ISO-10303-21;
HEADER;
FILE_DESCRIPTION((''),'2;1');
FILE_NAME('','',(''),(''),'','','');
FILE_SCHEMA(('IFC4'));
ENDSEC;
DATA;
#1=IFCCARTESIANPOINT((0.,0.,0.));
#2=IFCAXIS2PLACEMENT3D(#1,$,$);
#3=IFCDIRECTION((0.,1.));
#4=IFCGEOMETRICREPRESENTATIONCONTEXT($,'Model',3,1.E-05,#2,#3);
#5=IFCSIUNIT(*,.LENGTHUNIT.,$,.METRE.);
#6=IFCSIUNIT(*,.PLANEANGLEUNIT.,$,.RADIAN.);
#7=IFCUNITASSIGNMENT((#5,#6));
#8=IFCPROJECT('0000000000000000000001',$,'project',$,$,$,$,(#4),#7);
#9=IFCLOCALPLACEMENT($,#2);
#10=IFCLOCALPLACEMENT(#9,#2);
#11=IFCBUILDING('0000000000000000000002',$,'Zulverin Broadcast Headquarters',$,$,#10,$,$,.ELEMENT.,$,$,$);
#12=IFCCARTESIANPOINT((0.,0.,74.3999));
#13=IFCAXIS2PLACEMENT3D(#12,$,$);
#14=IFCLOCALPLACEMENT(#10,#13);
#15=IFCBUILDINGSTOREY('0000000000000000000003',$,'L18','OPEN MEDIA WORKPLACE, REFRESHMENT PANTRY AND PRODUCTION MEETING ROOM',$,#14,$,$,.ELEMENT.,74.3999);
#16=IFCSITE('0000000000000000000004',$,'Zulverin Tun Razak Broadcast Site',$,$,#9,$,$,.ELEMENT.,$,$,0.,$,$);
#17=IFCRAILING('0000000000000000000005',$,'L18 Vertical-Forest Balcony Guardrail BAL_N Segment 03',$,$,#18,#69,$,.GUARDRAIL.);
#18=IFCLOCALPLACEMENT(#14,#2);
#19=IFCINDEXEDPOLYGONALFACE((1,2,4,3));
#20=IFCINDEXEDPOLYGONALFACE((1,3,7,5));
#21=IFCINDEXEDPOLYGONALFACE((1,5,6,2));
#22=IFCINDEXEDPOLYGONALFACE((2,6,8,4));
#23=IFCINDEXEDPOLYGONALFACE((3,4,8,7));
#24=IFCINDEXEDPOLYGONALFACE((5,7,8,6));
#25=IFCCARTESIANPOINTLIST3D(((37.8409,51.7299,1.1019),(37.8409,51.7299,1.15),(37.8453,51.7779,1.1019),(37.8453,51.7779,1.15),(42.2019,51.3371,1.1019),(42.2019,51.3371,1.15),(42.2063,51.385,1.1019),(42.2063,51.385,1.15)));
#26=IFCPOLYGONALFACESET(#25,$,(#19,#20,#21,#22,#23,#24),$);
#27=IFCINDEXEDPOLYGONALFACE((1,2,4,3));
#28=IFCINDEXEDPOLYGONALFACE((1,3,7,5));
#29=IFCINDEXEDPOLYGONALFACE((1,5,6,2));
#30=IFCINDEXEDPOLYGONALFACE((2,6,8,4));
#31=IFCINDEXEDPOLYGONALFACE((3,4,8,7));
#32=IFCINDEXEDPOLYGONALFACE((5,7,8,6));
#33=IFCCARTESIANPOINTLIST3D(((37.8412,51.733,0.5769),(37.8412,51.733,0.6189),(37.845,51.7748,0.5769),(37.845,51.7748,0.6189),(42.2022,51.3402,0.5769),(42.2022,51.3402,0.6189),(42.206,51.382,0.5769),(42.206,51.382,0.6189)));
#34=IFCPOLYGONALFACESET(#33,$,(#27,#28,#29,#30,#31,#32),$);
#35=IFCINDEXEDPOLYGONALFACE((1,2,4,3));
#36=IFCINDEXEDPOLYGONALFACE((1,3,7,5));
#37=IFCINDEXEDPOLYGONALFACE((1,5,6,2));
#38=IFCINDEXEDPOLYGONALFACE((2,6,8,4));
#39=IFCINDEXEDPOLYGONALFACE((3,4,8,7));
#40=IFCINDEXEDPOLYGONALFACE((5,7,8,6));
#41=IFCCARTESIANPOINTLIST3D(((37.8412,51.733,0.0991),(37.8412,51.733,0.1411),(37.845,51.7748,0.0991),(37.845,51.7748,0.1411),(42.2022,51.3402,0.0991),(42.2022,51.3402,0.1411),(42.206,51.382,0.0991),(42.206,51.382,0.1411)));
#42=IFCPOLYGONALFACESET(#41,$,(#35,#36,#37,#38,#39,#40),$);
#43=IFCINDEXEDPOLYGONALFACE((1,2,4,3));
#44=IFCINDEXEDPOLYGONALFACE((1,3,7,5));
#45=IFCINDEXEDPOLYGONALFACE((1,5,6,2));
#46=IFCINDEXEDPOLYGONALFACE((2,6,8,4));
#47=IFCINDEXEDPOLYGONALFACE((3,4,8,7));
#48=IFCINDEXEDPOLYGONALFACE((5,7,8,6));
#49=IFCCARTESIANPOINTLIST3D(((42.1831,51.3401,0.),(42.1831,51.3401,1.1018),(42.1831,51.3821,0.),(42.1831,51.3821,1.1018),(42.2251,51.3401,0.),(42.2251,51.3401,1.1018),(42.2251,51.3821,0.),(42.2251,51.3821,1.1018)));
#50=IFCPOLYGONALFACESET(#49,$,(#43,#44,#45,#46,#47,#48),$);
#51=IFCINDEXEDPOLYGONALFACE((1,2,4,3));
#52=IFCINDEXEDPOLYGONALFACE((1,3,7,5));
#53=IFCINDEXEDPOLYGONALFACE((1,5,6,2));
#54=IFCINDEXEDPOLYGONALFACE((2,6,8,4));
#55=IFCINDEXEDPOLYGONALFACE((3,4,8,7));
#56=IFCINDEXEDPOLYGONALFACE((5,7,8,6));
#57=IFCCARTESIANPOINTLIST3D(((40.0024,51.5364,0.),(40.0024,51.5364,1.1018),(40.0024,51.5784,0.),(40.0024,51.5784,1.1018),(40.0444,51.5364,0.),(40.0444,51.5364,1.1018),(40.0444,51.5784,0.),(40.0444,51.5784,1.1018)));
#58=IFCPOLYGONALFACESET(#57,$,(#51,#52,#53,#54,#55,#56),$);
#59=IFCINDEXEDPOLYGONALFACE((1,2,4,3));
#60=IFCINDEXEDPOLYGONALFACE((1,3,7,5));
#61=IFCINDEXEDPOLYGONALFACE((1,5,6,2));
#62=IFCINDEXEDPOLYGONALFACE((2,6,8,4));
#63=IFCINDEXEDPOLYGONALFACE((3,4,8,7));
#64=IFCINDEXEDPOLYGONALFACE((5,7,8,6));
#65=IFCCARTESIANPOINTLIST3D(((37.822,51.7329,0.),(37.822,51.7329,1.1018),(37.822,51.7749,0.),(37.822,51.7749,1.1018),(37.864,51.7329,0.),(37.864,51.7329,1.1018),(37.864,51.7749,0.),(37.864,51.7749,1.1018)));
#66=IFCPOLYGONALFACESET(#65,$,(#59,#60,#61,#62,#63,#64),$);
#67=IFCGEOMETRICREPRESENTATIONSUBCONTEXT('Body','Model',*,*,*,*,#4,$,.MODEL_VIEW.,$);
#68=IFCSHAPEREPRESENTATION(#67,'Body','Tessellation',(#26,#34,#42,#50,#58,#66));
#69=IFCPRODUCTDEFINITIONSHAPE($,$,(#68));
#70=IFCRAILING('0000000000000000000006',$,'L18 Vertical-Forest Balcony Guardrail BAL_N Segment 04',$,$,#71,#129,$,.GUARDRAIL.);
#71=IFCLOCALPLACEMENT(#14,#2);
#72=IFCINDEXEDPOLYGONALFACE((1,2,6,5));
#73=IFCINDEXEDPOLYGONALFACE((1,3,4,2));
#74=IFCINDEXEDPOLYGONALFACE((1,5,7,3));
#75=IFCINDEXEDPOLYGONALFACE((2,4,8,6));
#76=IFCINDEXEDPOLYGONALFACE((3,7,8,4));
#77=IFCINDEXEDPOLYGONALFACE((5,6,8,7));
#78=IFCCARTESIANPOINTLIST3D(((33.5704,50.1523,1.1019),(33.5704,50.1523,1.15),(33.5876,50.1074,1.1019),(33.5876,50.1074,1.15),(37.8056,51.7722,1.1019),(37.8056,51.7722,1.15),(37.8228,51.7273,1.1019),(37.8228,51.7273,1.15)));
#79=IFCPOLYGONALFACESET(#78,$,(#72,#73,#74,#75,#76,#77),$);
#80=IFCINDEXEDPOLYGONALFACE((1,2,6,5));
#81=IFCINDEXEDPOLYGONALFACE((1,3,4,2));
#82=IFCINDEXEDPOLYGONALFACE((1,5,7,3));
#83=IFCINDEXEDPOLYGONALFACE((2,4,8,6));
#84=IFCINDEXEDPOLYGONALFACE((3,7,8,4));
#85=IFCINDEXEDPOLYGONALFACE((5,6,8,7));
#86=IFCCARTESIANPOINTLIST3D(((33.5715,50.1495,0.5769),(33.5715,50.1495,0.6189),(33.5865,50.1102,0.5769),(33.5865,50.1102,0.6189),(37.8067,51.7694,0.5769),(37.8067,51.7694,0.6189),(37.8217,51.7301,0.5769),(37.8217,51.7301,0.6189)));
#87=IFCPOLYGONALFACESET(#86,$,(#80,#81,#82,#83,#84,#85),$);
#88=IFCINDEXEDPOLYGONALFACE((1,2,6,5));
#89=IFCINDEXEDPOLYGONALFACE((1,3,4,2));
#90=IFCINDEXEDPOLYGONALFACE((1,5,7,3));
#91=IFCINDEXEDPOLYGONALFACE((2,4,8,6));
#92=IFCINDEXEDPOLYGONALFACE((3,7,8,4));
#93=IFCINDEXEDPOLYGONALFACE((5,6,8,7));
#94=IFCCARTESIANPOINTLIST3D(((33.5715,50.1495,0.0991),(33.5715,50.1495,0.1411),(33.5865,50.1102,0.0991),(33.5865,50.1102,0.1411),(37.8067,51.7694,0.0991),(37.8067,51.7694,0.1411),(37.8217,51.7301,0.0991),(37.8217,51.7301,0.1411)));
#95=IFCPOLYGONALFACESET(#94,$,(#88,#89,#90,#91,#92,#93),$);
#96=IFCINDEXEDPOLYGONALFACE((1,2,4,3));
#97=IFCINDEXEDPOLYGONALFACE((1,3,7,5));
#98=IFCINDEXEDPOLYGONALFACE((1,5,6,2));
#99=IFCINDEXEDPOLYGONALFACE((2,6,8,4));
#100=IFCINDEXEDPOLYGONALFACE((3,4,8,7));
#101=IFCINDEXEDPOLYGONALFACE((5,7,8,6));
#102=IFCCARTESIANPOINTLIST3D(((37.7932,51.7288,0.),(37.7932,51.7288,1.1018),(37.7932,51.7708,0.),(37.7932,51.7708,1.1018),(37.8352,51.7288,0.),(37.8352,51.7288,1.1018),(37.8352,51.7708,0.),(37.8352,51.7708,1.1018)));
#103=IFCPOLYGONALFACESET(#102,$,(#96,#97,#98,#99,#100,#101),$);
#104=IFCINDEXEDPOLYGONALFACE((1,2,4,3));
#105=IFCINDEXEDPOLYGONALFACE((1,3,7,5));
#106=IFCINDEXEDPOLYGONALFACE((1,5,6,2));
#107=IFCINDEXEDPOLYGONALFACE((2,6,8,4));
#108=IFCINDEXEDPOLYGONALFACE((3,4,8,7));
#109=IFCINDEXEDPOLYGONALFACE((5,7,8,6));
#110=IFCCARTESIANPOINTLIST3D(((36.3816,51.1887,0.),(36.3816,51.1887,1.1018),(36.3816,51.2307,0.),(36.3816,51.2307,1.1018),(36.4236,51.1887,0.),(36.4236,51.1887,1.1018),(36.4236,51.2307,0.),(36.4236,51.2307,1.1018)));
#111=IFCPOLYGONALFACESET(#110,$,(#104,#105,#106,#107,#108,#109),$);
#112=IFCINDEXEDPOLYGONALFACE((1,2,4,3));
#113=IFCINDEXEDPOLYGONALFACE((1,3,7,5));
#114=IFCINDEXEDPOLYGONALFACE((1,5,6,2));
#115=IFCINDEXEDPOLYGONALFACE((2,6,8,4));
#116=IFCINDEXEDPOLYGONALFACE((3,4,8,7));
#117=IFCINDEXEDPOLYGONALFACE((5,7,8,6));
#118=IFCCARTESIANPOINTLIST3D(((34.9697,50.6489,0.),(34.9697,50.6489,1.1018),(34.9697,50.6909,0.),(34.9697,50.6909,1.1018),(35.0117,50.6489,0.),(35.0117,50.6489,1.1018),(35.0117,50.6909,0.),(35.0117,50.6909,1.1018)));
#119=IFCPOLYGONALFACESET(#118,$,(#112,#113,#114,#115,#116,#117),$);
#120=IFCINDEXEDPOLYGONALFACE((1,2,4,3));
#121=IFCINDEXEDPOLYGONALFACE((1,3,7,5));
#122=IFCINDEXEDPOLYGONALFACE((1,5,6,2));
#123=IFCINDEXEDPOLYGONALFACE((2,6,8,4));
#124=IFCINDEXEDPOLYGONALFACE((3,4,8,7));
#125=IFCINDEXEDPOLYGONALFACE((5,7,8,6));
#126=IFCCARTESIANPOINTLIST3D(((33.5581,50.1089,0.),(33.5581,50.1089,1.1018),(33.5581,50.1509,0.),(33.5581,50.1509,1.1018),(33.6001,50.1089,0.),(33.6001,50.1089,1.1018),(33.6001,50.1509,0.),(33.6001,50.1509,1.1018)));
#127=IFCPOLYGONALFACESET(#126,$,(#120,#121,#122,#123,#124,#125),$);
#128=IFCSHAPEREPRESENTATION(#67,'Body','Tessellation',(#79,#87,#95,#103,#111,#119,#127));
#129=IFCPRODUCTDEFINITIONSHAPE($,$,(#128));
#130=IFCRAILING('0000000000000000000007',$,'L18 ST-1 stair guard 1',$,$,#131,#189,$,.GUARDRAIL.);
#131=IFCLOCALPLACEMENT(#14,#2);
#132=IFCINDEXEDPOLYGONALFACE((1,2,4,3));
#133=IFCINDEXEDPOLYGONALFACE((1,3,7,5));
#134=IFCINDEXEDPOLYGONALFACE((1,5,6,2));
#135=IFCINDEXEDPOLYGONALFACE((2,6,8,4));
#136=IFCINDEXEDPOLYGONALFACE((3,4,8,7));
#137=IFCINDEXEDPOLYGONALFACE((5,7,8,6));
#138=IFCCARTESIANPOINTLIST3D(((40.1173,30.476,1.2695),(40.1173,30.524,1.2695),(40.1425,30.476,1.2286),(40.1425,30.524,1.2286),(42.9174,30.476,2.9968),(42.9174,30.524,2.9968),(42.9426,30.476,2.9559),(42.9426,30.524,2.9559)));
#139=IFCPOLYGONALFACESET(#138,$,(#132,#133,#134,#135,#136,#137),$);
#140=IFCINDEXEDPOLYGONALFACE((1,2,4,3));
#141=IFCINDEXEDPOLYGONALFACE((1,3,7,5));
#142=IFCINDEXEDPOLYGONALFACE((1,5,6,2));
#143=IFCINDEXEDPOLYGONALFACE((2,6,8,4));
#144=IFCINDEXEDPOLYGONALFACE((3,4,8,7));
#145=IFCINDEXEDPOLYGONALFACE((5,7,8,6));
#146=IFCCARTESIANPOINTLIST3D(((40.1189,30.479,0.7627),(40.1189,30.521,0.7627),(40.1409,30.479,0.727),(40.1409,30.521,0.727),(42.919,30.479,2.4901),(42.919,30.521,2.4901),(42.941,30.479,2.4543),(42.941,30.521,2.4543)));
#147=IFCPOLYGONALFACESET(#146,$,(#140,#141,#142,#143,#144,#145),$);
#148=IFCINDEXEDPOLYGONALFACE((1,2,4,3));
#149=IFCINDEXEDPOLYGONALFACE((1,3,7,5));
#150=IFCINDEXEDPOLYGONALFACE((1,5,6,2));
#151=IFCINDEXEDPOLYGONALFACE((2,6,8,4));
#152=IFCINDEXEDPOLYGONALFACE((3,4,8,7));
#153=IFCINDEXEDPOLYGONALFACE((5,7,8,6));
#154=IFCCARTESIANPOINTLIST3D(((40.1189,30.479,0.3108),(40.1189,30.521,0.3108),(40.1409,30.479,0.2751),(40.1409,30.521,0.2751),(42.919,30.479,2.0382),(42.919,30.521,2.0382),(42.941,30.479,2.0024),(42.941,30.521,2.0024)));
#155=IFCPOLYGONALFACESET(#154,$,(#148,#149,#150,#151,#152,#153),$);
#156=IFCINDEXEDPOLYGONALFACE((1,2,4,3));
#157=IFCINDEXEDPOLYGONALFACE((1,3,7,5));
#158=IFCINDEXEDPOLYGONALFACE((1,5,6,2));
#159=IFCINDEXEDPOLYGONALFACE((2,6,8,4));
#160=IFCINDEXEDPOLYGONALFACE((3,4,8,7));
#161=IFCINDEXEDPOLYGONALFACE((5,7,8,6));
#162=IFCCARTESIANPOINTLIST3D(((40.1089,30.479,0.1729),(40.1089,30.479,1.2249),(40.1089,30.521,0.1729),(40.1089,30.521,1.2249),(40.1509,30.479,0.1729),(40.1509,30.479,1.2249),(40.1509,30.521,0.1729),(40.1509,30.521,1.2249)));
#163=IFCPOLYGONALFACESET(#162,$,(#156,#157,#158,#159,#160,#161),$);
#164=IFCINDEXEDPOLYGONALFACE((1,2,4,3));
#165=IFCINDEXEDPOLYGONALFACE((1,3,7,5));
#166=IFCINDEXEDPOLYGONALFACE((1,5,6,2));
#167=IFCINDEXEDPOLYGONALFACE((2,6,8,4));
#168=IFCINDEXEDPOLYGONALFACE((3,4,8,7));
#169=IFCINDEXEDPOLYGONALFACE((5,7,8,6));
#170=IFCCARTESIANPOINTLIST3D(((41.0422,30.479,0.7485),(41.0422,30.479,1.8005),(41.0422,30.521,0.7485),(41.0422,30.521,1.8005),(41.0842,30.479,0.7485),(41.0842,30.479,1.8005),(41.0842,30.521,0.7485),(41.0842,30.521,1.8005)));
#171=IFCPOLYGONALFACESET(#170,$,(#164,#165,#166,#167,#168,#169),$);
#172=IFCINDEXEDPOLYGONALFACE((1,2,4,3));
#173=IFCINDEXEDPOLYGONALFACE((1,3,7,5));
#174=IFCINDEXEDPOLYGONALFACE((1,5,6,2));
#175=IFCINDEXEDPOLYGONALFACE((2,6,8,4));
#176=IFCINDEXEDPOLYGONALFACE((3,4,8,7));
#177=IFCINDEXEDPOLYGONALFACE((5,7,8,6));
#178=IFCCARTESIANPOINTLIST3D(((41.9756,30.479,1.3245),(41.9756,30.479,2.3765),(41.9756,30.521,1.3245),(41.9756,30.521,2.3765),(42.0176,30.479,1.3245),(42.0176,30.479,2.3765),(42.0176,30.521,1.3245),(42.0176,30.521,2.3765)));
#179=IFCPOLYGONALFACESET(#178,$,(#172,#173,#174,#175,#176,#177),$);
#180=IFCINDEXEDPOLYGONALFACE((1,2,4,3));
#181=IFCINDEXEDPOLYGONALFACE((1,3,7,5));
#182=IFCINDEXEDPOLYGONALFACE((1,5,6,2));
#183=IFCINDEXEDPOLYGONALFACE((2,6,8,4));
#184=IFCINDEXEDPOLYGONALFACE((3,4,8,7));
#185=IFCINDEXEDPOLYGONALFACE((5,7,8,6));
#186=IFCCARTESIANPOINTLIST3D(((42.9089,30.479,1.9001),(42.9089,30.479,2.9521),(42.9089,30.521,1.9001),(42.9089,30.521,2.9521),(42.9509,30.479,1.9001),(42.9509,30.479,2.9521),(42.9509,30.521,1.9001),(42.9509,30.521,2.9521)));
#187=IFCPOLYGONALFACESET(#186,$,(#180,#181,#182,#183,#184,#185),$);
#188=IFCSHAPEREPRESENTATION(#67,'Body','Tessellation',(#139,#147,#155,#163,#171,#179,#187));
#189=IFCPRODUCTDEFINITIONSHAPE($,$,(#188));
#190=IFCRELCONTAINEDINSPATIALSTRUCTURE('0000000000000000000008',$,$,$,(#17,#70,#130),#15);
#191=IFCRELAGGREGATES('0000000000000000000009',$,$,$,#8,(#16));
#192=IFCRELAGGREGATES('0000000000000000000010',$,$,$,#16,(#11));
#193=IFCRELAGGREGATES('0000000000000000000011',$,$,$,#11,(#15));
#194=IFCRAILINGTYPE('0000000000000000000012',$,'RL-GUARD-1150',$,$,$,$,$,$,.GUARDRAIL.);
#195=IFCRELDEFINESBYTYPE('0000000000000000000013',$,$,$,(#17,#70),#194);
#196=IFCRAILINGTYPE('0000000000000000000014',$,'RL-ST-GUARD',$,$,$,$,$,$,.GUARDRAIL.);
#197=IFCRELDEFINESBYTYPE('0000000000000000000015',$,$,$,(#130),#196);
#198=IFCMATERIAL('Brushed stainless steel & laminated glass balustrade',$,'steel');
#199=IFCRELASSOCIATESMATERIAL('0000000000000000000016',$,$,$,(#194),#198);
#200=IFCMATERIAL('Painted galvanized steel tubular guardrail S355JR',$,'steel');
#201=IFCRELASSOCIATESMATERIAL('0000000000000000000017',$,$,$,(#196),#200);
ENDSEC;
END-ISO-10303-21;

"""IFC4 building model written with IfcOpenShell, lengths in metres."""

from ifc_helpers import new_model, si_unit, direction, frame, origin, origin_2d, place, context, subcontext, project, spatial, rectangle, extrude, material, type_object, element, save


model = new_model("IFC4")

# Units and contexts
model_context = context("Model", 3, precision=1e-05, world=origin(), true_north=direction((0.0, 1.0)))
body_context = subcontext(model_context, "Body", "Model", "MODEL_VIEW")
ifc_project = project(units=[si_unit("LENGTHUNIT", "METRE"), si_unit("PLANEANGLEUNIT", "RADIAN")], contexts=[model_context])

# Site, building, storey
site_placement = place(None, origin())
site = spatial("IfcSite", under=ifc_project, at=site_placement, Name="Zulverin Tun Razak Broadcast Site", CompositionType="ELEMENT", RefElevation=0.0)
building_placement = place(site_placement, origin())
building = spatial("IfcBuilding", under=site, at=building_placement, Name="Zulverin Broadcast Headquarters", CompositionType="ELEMENT")
storey_placement = place(building_placement, frame((0.0, 0.0, 74.3999)))
storey = spatial("IfcBuildingStorey", under=building, at=storey_placement, Name="L18", Description="OPEN MEDIA WORKPLACE, REFRESHMENT PANTRY AND PRODUCTION MEETING ROOM", CompositionType="ELEMENT", Elevation=74.3999)

# Railings
ifc_material_1 = material(Name="Brushed stainless steel & laminated glass balustrade", Category="steel")
railing_type_1 = type_object("IfcRailingType", Name="RL-GUARD-1150", PredefinedType="GUARDRAIL", material=ifc_material_1)
railing_1_placement = place(storey_placement, frame((42.2041, 51.3611, 0.0)))
element("IfcRailing", 1, at=railing_1_placement, inside=storey, type_object=railing_type_1, Name="L18 Vertical-Forest Balcony Guardrail BAL_N Segment 03", PredefinedType="GUARDRAIL", context=body_context, shape_type="SweptSolid", body=[
    extrude(rectangle(XDim=0.0481, YDim=0.0481, at=origin_2d()), frame((0.0, 0.0, 1.126), z_axis=(-0.995968, 0.089711, 0.0), x_axis=(-0.089711, -0.995968, 0.0)), (0.0, 0.0, 1.0), 4.3787),
    extrude(rectangle(XDim=0.042, YDim=0.042, at=origin_2d()), frame((0.0, 0.0, 0.5979), z_axis=(-0.995968, 0.089711, 0.0), x_axis=(-0.089711, -0.995968, 0.0)), (0.0, 0.0, 1.0), 4.3787),
    extrude(rectangle(XDim=0.042, YDim=0.042, at=origin_2d()), frame((0.0, 0.0, 0.1201), z_axis=(-0.995968, 0.089711, 0.0), x_axis=(-0.089711, -0.995968, 0.0)), (0.0, 0.0, 1.0), 4.3787),
    extrude(rectangle(XDim=0.042, YDim=0.042, at=origin_2d()), origin(), (0.0, 0.0, 1.0), 1.1018),
    extrude(rectangle(XDim=0.042, YDim=0.042, at=origin_2d()), frame((-2.1807, 0.1963, 0.0)), (0.0, 0.0, 1.0), 1.1018),
    extrude(rectangle(XDim=0.042, YDim=0.042, at=origin_2d()), frame((-4.3611, 0.3928, 0.0)), (0.0, 0.0, 1.0), 1.1018),
])
railing_2_placement = place(storey_placement, frame((37.8142, 51.7498, 0.0)))
element("IfcRailing", 2, at=railing_2_placement, inside=storey, type_object=railing_type_1, Name="L18 Vertical-Forest Balcony Guardrail BAL_N Segment 04", PredefinedType="GUARDRAIL", context=body_context, shape_type="SweptSolid", body=[
    extrude(rectangle(XDim=0.0481, YDim=0.0481, at=origin_2d()), frame((0.0, 0.0, 1.126), z_axis=(-0.93401, -0.357247, 0.0), x_axis=(0.357247, -0.93401, 0.0)), (0.0, 0.0, 1.0), 4.5344),
    extrude(rectangle(XDim=0.042, YDim=0.042, at=origin_2d()), frame((0.0, 0.0, 0.5979), z_axis=(-0.93401, -0.357247, 0.0), x_axis=(0.357247, -0.93401, 0.0)), (0.0, 0.0, 1.0), 4.5344),
    extrude(rectangle(XDim=0.042, YDim=0.042, at=origin_2d()), frame((0.0, 0.0, 0.1201), z_axis=(-0.93401, -0.357247, 0.0), x_axis=(0.357247, -0.93401, 0.0)), (0.0, 0.0, 1.0), 4.5344),
    extrude(rectangle(XDim=0.042, YDim=0.042, at=origin_2d()), origin(), (0.0, 0.0, 1.0), 1.1018),
    extrude(rectangle(XDim=0.042, YDim=0.042, at=origin_2d()), frame((-1.4116, -0.54, 0.0)), (0.0, 0.0, 1.0), 1.1018),
    extrude(rectangle(XDim=0.042, YDim=0.042, at=origin_2d()), frame((-2.8235, -1.0798, 0.0)), (0.0, 0.0, 1.0), 1.1018),
    extrude(rectangle(XDim=0.042, YDim=0.042, at=origin_2d()), frame((-4.2351, -1.6199, 0.0)), (0.0, 0.0, 1.0), 1.1018),
])
ifc_material_2 = material(Name="Painted galvanized steel tubular guardrail S355JR", Category="steel")
railing_type_2 = type_object("IfcRailingType", Name="RL-ST-GUARD", PredefinedType="GUARDRAIL", material=ifc_material_2)
railing_3_placement = place(storey_placement, frame((40.1299, 30.5, 0.1729)))
element("IfcRailing", 3, at=railing_3_placement, inside=storey, type_object=railing_type_2, Name="L18 ST-1 stair guard 1", PredefinedType="GUARDRAIL", context=body_context, shape_type="SweptSolid", body=[
    extrude(rectangle(XDim=0.0481, YDim=0.0481, at=origin_2d()), frame((0.0, 0.0, 1.0762), z_axis=(0.85109, 0.0, 0.52502), x_axis=(0.0, 1.0, 0.0)), (0.0, 0.0, 1.0), 3.29),
    extrude(rectangle(XDim=0.042, YDim=0.042, at=origin_2d()), frame((0.0, 0.0, 0.572), z_axis=(0.85109, 0.0, 0.52502), x_axis=(0.0, 1.0, 0.0)), (0.0, 0.0, 1.0), 3.29),
    extrude(rectangle(XDim=0.042, YDim=0.042, at=origin_2d()), frame((0.0, 0.0, 0.1201), z_axis=(0.85109, 0.0, 0.52502), x_axis=(0.0, 1.0, 0.0)), (0.0, 0.0, 1.0), 3.29),
    extrude(rectangle(XDim=0.042, YDim=0.042, at=origin_2d()), origin(), (0.0, 0.0, 1.0), 1.052),
    extrude(rectangle(XDim=0.042, YDim=0.042, at=origin_2d()), frame((0.9333, 0.0, 0.5757)), (0.0, 0.0, 1.0), 1.052),
    extrude(rectangle(XDim=0.042, YDim=0.042, at=origin_2d()), frame((1.8667, 0.0, 1.1516)), (0.0, 0.0, 1.0), 1.052),
    extrude(rectangle(XDim=0.042, YDim=0.042, at=origin_2d()), frame((2.8, 0.0, 1.7273)), (0.0, 0.0, 1.0), 1.052),
])

save(model, "model.ifc")
